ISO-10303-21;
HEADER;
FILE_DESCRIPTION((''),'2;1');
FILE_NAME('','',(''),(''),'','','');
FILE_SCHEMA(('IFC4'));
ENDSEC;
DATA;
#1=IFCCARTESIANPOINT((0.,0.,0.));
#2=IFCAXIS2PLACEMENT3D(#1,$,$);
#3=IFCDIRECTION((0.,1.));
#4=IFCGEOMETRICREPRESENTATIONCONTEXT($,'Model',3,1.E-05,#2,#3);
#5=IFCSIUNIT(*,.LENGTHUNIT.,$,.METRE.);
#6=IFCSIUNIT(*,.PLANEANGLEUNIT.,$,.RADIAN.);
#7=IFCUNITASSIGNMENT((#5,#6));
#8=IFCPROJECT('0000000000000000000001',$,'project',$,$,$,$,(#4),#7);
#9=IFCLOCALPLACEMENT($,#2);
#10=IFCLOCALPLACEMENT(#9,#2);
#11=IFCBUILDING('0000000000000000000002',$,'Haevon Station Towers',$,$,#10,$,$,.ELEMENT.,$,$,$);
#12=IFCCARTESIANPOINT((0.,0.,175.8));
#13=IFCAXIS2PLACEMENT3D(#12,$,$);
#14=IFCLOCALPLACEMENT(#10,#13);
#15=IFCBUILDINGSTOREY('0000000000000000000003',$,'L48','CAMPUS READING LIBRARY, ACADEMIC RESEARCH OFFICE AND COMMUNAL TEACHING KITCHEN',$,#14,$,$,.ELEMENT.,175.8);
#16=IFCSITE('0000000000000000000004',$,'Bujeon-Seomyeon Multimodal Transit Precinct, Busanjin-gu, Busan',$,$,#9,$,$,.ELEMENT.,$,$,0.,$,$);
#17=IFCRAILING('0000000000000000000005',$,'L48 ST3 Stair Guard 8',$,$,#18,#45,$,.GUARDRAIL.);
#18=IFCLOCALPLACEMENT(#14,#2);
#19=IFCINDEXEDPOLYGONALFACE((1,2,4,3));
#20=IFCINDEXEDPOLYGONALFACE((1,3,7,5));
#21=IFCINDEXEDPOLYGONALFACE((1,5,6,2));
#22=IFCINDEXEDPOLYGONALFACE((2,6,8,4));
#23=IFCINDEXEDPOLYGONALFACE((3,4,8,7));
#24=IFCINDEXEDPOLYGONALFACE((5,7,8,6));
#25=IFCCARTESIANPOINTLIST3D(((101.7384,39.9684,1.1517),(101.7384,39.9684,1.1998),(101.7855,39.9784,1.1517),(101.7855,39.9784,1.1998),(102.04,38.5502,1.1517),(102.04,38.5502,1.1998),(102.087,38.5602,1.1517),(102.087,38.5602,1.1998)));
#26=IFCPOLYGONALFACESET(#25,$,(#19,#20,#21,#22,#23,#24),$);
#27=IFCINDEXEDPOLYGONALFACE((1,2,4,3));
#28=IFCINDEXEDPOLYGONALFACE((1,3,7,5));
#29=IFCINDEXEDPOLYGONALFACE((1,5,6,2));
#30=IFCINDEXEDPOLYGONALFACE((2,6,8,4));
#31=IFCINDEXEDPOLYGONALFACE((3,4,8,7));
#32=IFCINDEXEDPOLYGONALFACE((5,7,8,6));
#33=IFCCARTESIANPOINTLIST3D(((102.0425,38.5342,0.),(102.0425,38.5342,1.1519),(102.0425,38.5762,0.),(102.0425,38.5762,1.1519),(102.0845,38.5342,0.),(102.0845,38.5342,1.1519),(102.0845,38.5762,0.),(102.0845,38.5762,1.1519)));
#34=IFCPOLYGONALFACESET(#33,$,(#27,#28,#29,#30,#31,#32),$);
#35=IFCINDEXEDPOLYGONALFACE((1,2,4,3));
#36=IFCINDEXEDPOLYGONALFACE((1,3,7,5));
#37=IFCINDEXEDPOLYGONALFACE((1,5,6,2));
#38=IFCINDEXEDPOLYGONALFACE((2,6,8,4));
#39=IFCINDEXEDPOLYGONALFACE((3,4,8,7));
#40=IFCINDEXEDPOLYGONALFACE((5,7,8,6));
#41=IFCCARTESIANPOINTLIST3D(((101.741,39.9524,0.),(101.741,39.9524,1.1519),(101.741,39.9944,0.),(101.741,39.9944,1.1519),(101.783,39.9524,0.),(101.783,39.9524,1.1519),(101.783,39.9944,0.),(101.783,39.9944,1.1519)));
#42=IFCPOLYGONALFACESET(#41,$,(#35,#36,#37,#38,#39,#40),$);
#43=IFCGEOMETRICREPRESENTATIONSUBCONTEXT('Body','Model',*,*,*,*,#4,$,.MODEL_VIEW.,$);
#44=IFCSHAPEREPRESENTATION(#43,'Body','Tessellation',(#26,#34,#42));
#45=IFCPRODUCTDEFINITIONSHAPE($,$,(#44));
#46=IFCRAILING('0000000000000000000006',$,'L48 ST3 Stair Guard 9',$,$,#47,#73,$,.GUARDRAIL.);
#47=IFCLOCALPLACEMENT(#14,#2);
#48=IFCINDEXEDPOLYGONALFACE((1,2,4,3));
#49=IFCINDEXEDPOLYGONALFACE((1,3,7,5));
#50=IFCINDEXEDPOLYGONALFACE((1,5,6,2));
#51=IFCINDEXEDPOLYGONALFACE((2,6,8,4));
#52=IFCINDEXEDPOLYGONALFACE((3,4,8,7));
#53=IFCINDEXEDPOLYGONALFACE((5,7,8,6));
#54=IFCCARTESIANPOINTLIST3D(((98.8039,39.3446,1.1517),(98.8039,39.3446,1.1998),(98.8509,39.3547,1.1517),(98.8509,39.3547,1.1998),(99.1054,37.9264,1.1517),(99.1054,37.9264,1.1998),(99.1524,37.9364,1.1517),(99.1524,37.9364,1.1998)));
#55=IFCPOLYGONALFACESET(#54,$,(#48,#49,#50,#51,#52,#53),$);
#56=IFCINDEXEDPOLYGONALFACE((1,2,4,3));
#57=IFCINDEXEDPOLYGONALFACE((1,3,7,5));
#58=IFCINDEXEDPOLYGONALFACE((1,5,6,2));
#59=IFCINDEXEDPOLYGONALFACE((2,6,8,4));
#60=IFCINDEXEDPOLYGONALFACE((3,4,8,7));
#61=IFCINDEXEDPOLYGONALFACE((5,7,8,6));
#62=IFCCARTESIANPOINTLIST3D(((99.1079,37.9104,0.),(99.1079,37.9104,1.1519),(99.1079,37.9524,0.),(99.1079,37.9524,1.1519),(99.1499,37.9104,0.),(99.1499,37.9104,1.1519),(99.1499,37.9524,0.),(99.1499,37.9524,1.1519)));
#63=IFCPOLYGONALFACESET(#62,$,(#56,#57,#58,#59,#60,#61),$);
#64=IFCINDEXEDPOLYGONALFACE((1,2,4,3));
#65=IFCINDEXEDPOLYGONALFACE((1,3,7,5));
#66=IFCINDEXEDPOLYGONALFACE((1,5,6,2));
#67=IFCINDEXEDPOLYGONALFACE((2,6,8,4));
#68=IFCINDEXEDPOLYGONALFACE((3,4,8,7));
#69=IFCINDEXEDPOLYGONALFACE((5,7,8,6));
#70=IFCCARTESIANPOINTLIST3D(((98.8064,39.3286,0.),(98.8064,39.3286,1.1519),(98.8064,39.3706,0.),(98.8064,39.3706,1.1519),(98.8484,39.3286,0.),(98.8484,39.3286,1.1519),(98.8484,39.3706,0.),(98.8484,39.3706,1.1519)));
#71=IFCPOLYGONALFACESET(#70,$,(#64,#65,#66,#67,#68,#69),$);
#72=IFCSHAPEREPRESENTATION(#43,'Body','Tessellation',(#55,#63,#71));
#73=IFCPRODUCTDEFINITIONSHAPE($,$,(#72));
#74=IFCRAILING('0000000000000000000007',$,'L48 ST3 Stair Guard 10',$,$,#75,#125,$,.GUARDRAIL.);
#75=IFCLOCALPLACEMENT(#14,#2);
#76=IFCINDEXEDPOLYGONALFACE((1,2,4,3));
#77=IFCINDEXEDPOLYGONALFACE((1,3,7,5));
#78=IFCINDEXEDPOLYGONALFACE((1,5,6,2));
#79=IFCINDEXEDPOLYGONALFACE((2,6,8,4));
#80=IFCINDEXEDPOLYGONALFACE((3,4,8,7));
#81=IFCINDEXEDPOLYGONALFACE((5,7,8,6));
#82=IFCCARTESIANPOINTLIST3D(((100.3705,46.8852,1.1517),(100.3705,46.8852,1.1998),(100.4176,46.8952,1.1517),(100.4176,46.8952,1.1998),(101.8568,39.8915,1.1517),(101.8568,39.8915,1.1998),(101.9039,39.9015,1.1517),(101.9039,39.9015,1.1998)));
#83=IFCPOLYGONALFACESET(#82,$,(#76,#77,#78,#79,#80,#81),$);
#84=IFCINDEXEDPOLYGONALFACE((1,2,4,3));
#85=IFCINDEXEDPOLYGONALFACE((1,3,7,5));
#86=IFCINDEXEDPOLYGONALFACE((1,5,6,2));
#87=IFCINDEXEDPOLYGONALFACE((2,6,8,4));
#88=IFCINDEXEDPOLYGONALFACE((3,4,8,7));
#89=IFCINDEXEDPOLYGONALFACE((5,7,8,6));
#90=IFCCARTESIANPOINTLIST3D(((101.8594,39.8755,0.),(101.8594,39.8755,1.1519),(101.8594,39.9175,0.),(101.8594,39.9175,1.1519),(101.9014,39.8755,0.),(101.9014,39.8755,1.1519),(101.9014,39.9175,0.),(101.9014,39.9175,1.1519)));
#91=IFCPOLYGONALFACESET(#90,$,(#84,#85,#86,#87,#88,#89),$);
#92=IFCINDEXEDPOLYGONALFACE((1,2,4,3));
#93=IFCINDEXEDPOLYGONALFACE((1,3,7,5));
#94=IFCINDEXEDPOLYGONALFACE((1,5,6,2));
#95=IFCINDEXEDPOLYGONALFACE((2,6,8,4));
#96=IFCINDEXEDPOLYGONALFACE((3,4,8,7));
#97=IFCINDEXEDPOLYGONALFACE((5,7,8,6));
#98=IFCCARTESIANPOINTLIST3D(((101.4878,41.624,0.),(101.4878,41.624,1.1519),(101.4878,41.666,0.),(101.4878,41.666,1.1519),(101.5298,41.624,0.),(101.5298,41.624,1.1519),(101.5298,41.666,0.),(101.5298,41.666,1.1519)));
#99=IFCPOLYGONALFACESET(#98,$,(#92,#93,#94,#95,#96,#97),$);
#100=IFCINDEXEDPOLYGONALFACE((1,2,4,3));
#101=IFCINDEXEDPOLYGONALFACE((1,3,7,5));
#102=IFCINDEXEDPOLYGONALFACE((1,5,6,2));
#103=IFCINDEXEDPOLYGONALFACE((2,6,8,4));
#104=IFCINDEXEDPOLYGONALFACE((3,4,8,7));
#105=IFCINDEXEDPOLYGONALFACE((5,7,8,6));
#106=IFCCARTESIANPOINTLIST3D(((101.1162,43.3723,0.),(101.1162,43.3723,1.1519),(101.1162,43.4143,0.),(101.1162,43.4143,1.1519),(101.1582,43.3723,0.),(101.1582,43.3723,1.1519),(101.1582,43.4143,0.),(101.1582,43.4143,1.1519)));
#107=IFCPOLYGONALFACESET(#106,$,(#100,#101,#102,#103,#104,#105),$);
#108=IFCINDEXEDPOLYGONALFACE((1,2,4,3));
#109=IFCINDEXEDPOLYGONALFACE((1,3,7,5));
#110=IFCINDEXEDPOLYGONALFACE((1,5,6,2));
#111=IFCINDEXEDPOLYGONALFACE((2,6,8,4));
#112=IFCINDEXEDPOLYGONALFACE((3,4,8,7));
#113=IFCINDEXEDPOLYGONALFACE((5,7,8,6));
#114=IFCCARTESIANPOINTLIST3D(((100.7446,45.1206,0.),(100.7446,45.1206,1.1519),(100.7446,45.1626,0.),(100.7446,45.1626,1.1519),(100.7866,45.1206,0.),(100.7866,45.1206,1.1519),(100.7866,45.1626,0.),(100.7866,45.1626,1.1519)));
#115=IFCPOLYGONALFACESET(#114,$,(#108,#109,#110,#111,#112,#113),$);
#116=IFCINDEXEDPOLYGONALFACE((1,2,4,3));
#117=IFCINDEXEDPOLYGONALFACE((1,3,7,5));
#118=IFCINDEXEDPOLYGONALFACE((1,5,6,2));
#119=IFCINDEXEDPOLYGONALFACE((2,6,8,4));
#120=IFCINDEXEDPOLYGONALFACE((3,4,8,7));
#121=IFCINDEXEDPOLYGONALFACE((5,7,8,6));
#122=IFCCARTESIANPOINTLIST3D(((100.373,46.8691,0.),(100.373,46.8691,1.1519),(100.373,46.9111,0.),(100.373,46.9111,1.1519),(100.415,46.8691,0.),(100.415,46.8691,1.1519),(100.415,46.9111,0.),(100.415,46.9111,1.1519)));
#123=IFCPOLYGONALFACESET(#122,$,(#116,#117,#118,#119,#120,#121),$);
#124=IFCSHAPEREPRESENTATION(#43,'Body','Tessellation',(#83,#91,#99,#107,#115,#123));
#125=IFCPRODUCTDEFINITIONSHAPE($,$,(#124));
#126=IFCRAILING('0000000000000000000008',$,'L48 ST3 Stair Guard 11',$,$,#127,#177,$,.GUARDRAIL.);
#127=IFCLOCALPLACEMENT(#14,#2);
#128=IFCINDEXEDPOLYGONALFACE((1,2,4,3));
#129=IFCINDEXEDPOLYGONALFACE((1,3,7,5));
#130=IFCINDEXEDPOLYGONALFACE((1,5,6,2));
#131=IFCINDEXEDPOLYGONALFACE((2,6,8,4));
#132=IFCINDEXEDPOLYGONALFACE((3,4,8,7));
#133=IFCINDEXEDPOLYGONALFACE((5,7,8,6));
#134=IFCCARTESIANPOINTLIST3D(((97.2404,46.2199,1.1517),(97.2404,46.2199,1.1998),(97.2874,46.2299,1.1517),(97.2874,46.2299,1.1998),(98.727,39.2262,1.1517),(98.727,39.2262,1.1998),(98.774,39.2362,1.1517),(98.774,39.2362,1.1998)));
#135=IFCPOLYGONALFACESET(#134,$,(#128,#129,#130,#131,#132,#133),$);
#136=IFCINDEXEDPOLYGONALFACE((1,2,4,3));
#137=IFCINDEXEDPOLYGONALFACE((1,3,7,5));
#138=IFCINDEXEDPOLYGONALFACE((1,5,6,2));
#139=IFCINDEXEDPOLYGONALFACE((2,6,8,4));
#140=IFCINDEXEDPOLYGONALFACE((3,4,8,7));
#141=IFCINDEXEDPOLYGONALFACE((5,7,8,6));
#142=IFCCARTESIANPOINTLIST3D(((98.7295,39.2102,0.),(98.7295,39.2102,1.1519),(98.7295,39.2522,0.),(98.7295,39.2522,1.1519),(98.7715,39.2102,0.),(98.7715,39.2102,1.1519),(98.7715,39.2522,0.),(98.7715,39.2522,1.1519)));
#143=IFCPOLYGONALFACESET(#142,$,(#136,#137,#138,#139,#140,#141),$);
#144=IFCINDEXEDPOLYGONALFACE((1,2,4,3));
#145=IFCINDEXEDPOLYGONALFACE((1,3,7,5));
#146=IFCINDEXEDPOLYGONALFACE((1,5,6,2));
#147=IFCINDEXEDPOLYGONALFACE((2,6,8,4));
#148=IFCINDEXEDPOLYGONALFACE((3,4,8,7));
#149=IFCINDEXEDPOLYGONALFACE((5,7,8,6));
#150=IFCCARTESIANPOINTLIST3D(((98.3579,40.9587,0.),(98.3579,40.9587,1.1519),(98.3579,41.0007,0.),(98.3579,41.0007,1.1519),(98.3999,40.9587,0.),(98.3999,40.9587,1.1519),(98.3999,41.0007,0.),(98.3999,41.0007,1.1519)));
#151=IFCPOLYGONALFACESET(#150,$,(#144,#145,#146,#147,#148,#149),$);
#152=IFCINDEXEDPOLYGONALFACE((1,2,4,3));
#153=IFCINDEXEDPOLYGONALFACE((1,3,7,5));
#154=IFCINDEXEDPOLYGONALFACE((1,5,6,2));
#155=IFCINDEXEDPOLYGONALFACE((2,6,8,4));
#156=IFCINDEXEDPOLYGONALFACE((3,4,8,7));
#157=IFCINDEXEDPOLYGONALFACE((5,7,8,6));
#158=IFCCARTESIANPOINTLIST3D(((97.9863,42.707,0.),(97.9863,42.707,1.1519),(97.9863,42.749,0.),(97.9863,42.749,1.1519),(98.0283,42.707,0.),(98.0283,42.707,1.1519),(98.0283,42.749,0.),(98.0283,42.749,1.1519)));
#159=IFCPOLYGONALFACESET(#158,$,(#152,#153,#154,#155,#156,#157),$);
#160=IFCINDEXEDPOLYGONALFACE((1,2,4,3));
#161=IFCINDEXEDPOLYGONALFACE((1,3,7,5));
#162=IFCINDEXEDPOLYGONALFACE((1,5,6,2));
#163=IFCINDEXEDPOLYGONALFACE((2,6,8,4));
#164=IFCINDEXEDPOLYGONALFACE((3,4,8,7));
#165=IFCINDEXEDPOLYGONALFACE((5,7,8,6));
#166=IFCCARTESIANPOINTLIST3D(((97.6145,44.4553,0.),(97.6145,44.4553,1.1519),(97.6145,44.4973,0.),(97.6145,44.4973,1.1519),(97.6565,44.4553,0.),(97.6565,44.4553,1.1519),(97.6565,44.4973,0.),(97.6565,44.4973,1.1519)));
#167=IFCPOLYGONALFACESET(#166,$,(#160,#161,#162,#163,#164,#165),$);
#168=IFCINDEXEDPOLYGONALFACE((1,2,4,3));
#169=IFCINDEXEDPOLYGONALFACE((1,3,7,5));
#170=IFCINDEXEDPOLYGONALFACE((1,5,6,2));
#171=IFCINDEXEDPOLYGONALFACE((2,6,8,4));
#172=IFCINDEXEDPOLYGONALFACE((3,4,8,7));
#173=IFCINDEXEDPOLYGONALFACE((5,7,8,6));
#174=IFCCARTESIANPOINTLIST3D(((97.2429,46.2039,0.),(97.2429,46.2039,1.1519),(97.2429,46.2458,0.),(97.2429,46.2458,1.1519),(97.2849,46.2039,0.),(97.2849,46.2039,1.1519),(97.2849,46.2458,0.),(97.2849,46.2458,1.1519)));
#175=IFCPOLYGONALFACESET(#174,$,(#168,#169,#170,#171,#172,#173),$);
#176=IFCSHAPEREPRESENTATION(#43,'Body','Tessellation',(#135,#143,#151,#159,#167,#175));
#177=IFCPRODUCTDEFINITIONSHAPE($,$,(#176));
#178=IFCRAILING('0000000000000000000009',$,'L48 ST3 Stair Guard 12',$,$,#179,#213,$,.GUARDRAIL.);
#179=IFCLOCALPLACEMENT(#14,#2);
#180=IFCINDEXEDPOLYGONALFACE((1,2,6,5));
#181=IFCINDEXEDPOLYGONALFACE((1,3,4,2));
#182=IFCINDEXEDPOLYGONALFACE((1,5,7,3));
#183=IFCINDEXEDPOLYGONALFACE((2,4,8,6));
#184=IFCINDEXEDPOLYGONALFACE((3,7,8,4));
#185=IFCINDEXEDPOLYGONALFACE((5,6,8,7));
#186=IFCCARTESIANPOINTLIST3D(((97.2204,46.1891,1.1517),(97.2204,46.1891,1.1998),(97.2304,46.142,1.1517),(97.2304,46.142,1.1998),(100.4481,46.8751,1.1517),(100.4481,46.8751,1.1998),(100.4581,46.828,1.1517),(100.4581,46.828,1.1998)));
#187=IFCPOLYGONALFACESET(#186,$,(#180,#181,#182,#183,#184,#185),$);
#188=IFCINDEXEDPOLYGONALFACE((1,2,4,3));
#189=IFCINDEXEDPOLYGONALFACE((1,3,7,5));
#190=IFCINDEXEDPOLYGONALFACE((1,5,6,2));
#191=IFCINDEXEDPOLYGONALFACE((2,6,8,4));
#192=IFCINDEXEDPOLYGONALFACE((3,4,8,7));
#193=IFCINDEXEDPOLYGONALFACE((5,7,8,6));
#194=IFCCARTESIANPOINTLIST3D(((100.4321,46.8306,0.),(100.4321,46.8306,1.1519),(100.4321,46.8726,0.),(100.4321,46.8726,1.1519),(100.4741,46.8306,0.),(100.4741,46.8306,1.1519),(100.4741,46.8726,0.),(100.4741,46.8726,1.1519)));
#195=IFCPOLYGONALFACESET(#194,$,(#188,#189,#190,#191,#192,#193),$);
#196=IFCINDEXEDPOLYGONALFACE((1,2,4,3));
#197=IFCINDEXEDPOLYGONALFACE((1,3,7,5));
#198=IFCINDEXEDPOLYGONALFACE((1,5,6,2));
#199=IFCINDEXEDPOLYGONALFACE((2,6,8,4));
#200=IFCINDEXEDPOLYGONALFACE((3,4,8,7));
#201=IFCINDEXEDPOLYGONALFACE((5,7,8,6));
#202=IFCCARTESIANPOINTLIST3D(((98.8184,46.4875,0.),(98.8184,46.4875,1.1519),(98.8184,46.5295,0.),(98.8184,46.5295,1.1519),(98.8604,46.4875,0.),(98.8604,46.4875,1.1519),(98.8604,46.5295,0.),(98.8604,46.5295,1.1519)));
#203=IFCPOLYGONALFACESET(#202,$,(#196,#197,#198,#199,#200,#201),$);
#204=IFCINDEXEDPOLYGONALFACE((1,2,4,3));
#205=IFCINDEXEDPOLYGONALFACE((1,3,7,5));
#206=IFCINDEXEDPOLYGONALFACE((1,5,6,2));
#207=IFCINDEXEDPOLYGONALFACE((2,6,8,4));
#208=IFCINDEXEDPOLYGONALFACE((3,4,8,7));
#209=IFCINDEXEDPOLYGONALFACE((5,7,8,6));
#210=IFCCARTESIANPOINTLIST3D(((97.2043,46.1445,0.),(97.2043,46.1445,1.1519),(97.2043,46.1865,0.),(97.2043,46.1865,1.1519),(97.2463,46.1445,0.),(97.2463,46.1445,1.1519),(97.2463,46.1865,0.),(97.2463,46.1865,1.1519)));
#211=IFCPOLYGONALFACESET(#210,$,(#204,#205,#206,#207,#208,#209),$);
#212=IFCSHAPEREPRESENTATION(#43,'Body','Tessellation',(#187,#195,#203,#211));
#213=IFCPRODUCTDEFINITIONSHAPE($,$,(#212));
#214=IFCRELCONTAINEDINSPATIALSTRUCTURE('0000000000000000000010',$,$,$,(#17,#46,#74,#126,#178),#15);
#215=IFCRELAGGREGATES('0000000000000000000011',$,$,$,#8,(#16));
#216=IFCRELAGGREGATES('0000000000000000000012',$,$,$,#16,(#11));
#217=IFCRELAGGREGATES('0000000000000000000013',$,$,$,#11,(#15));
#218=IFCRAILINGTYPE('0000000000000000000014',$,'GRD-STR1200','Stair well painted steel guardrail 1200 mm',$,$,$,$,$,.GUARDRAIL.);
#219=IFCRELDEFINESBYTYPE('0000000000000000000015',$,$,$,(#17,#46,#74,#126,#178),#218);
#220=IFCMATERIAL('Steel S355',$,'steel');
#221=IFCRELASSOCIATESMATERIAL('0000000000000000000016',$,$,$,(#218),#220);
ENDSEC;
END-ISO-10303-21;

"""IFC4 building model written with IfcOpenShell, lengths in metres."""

from ifc_helpers import new_model, si_unit, direction, frame, origin, origin_2d, place, context, subcontext, project, spatial, rectangle, extrude, material, type_object, element, save


model = new_model("IFC4")

# Units and contexts
model_context = context("Model", 3, precision=1e-05, world=origin(), true_north=direction((0.0, 1.0)))
body_context = subcontext(model_context, "Body", "Model", "MODEL_VIEW")
ifc_project = project(units=[si_unit("LENGTHUNIT", "METRE"), si_unit("PLANEANGLEUNIT", "RADIAN")], contexts=[model_context])

# Site, building, storey
site_placement = place(None, origin())
site = spatial("IfcSite", under=ifc_project, at=site_placement, Name="Bujeon-Seomyeon Multimodal Transit Precinct, Busanjin-gu, Busan", CompositionType="ELEMENT", RefElevation=0.0)
building_placement = place(site_placement, origin())
building = spatial("IfcBuilding", under=site, at=building_placement, Name="Haevon Station Towers", CompositionType="ELEMENT")
storey_placement = place(building_placement, frame((0.0, 0.0, 175.8)))
storey = spatial("IfcBuildingStorey", under=building, at=storey_placement, Name="L48", Description="CAMPUS READING LIBRARY, ACADEMIC RESEARCH OFFICE AND COMMUNAL TEACHING KITCHEN", CompositionType="ELEMENT", Elevation=175.8)

# Shared definitions
ifc_material_1 = material(Name="Steel S355", Category="steel")

# Railings
railing_type_1 = type_object("IfcRailingType", Name="GRD-STR1200", Description="Stair well painted steel guardrail 1200 mm", PredefinedType="GUARDRAIL", material=ifc_material_1)
for number, where, name in (
    (1, (102.0635, 38.5552, 0.0), "L48 ST3 Stair Guard 8"),
    (2, (99.1289, 37.9314, 0.0), "L48 ST3 Stair Guard 9"),
):
    element("IfcRailing", number, at=place(storey_placement, frame(where)), inside=storey, type_object=railing_type_1, Name=name, PredefinedType="GUARDRAIL", context=body_context, shape_type="SweptSolid", body=[
        extrude(rectangle(XDim=0.0481, YDim=0.0481, at=origin_2d()), frame((0.0, 0.0, 1.1758), z_axis=(-0.207953, 0.978139, 0.0), x_axis=(-0.978139, -0.207953, 0.0)), (0.0, 0.0, 1.0), 1.45),
        extrude(rectangle(XDim=0.042, YDim=0.042, at=origin_2d()), origin(), (0.0, 0.0, 1.0), 1.1519),
        extrude(rectangle(XDim=0.042, YDim=0.042, at=origin_2d()), frame((-0.3015, 1.4182, 0.0)), (0.0, 0.0, 1.0), 1.1519),
    ])
railing_1_placement = place(storey_placement, frame((101.8804, 39.8965, 0.0)))
element("IfcRailing", 3, at=railing_1_placement, inside=storey, type_object=railing_type_1, Name="L48 ST3 Stair Guard 10", PredefinedType="GUARDRAIL", context=body_context, shape_type="SweptSolid", body=[
    extrude(rectangle(XDim=0.0481, YDim=0.0481, at=origin_2d()), frame((0.0, 0.0, 1.1758), z_axis=(-0.207882, 0.978154, 0.0), x_axis=(-0.978154, -0.207882, 0.0)), (0.0, 0.0, 1.0), 7.1499),
    extrude(rectangle(XDim=0.042, YDim=0.042, at=origin_2d()), origin(), (0.0, 0.0, 1.0), 1.1519),
    extrude(rectangle(XDim=0.042, YDim=0.042, at=origin_2d()), frame((-0.3716, 1.7485, 0.0)), (0.0, 0.0, 1.0), 1.1519),
    extrude(rectangle(XDim=0.042, YDim=0.042, at=origin_2d()), frame((-0.7432, 3.4968, 0.0)), (0.0, 0.0, 1.0), 1.1519),
    extrude(rectangle(XDim=0.042, YDim=0.042, at=origin_2d()), frame((-1.1147, 5.2451, 0.0)), (0.0, 0.0, 1.0), 1.1519),
    extrude(rectangle(XDim=0.042, YDim=0.042, at=origin_2d()), frame((-1.4863, 6.9937, 0.0)), (0.0, 0.0, 1.0), 1.1519),
])
railing_2_placement = place(storey_placement, frame((98.7505, 39.2312, 0.0)))
element("IfcRailing", 4, at=railing_2_placement, inside=storey, type_object=railing_type_1, Name="L48 ST3 Stair Guard 11", PredefinedType="GUARDRAIL", context=body_context, shape_type="SweptSolid", body=[
    extrude(rectangle(XDim=0.0481, YDim=0.0481, at=origin_2d()), frame((0.0, 0.0, 1.1758), z_axis=(-0.207915, 0.978147, 0.0), x_axis=(-0.978147, -0.207915, 0.0)), (0.0, 0.0, 1.0), 7.1499),
    extrude(rectangle(XDim=0.042, YDim=0.042, at=origin_2d()), origin(), (0.0, 0.0, 1.0), 1.1519),
    extrude(rectangle(XDim=0.042, YDim=0.042, at=origin_2d()), frame((-0.3716, 1.7485, 0.0)), (0.0, 0.0, 1.0), 1.1519),
    extrude(rectangle(XDim=0.042, YDim=0.042, at=origin_2d()), frame((-0.7432, 3.4968, 0.0)), (0.0, 0.0, 1.0), 1.1519),
    extrude(rectangle(XDim=0.042, YDim=0.042, at=origin_2d()), frame((-1.115, 5.2451, 0.0)), (0.0, 0.0, 1.0), 1.1519),
    extrude(rectangle(XDim=0.042, YDim=0.042, at=origin_2d()), frame((-1.4866, 6.9937, 0.0)), (0.0, 0.0, 1.0), 1.1519),
])
railing_3_placement = place(storey_placement, frame((100.4531, 46.8516, 0.0)))
element("IfcRailing", 5, at=railing_3_placement, inside=storey, type_object=railing_type_1, Name="L48 ST3 Stair Guard 12", PredefinedType="GUARDRAIL", context=body_context, shape_type="SweptSolid", body=[
    extrude(rectangle(XDim=0.0481, YDim=0.0481, at=origin_2d()), frame((0.0, 0.0, 1.1758), z_axis=(-0.978151, -0.207897, 0.0), x_axis=(0.207897, -0.978151, 0.0)), (0.0, 0.0, 1.0), 3.2998),
    extrude(rectangle(XDim=0.042, YDim=0.042, at=origin_2d()), origin(), (0.0, 0.0, 1.0), 1.1519),
    extrude(rectangle(XDim=0.042, YDim=0.042, at=origin_2d()), frame((-1.6138, -0.343, 0.0)), (0.0, 0.0, 1.0), 1.1519),
    extrude(rectangle(XDim=0.042, YDim=0.042, at=origin_2d()), frame((-3.2278, -0.686, 0.0)), (0.0, 0.0, 1.0), 1.1519),
])

save(model, "model.ifc")
